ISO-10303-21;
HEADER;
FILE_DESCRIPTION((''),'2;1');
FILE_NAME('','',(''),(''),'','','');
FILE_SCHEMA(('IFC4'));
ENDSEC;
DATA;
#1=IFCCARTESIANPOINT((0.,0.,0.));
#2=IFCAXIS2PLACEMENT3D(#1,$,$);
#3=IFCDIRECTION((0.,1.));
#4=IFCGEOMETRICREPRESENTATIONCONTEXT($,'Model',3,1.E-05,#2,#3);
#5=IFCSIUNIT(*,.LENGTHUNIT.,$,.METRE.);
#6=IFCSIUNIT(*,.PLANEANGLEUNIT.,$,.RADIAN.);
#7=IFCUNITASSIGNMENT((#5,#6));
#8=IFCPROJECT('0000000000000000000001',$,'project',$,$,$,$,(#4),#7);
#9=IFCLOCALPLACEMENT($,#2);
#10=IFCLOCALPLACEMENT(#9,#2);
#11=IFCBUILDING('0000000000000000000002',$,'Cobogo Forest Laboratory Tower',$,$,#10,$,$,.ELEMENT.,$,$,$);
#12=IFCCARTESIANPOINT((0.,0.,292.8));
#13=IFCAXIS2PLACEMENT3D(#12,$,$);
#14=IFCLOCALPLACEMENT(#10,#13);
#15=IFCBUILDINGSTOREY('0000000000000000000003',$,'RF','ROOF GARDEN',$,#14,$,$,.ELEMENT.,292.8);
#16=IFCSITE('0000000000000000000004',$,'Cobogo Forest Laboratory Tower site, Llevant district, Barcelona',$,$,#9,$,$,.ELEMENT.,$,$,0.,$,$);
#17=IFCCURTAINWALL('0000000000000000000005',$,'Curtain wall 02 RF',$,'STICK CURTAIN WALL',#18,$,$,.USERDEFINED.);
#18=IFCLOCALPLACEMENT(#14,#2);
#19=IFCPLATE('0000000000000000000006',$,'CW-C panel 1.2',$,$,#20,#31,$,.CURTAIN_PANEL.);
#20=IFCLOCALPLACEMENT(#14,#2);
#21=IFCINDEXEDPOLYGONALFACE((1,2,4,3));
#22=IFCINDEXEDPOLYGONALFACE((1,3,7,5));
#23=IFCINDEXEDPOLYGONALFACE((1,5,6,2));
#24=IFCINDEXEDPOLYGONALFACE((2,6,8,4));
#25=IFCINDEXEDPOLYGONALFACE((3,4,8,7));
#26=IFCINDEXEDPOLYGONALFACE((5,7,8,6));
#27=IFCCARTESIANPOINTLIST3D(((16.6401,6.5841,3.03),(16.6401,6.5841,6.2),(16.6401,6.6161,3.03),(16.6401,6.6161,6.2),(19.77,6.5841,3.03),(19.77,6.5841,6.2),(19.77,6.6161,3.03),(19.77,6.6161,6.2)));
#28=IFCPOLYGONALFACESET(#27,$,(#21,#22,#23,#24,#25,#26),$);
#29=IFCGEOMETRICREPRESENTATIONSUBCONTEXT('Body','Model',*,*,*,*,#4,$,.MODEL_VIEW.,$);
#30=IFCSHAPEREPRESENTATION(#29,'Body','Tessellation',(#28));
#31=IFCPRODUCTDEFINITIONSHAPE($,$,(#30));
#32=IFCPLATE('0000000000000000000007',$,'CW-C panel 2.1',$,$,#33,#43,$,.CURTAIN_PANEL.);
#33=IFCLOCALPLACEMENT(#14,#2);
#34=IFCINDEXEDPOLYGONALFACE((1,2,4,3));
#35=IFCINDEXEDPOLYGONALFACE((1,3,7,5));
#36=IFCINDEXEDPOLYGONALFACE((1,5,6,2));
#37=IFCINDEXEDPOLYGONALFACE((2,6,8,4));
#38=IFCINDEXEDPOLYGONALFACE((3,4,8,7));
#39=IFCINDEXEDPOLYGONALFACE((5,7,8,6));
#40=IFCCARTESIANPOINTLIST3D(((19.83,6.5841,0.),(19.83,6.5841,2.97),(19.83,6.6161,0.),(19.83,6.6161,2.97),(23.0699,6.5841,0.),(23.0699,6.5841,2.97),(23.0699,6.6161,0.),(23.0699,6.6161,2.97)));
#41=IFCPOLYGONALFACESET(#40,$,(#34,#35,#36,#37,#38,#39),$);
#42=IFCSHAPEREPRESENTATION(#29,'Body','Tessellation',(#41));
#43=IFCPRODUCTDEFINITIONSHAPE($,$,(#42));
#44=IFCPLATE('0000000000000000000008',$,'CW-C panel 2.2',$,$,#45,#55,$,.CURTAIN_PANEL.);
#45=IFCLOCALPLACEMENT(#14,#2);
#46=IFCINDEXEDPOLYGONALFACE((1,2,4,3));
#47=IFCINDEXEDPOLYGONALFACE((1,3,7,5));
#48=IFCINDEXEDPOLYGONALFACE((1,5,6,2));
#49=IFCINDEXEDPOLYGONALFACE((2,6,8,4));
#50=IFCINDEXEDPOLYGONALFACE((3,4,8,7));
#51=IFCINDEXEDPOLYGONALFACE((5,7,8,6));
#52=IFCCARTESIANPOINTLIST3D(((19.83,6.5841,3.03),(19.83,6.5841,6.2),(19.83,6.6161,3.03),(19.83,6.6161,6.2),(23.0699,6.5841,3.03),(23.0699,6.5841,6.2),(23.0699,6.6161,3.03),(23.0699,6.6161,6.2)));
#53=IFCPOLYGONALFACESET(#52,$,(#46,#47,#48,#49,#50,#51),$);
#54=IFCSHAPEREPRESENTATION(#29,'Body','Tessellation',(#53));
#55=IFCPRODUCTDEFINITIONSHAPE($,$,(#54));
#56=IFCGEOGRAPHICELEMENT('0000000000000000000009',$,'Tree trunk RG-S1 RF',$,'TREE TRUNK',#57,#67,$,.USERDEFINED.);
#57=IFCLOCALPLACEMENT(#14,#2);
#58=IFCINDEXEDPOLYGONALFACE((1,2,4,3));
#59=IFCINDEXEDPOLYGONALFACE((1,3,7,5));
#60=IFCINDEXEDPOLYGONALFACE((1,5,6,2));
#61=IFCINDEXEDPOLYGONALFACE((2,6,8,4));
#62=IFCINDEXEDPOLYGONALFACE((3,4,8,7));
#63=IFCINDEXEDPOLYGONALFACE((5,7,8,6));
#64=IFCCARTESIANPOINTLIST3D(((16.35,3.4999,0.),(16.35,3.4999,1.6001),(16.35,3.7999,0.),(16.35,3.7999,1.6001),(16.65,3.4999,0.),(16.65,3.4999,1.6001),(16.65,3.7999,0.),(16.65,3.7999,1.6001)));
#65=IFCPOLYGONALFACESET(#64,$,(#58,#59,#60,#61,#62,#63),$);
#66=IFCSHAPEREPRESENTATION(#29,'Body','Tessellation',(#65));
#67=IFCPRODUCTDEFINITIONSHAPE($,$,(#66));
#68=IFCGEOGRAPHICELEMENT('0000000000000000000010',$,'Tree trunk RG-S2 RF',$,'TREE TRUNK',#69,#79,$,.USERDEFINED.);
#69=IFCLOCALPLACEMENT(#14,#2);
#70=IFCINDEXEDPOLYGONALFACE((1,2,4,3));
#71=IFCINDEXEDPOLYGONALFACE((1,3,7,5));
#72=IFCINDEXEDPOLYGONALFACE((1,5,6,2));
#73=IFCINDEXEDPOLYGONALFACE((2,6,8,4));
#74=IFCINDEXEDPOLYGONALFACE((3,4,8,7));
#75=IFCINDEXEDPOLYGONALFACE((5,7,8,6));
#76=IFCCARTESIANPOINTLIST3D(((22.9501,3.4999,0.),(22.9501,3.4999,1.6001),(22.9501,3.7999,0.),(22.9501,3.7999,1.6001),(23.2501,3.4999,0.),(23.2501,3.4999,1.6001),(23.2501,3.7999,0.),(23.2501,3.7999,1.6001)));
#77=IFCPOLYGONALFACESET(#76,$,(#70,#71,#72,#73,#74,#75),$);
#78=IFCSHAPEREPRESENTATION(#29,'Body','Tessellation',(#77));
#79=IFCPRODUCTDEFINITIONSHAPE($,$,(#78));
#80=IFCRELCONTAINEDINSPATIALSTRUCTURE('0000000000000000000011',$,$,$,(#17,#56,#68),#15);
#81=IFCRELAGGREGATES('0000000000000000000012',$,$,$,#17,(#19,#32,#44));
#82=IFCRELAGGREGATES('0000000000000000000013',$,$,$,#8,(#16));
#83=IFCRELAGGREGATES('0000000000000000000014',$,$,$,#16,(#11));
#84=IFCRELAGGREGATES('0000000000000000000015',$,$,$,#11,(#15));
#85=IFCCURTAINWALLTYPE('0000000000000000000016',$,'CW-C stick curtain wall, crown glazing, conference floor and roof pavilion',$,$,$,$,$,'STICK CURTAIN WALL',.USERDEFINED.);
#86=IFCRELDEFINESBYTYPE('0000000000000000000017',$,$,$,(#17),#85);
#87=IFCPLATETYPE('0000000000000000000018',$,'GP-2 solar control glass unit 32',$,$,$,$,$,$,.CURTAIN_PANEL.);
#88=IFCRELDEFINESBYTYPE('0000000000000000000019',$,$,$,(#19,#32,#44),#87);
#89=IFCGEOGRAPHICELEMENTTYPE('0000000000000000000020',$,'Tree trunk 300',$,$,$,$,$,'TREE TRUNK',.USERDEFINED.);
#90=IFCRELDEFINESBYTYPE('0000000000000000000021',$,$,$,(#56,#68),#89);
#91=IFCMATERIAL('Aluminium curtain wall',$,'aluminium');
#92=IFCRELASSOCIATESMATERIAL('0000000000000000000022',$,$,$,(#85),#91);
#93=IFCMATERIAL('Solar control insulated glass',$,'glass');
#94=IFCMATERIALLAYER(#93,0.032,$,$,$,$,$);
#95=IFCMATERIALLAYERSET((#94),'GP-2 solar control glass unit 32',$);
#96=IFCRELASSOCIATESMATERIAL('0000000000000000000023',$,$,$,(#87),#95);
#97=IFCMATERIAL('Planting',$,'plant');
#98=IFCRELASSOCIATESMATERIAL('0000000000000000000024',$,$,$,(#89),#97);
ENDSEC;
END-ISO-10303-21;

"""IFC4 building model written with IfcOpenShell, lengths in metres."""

from ifc_helpers import new_model, si_unit, direction, frame, origin, origin_2d, place, context, subcontext, project, spatial, rectangle, extrude, material, layer, layer_set, type_object, element, aggregate, save


model = new_model("IFC4")

# Units and contexts
model_context = context("Model", 3, precision=1e-05, world=origin(), true_north=direction((0.0, 1.0)))
body_context = subcontext(model_context, "Body", "Model", "MODEL_VIEW")
ifc_project = project(units=[si_unit("LENGTHUNIT", "METRE"), si_unit("PLANEANGLEUNIT", "RADIAN")], contexts=[model_context])

# Site, building, storey
site_placement = place(None, origin())
site = spatial("IfcSite", under=ifc_project, at=site_placement, Name="Cobogo Forest Laboratory Tower site, Llevant district, Barcelona", CompositionType="ELEMENT", RefElevation=0.0)
building_placement = place(site_placement, origin())
building = spatial("IfcBuilding", under=site, at=building_placement, Name="Cobogo Forest Laboratory Tower", CompositionType="ELEMENT")
storey_placement = place(building_placement, frame((0.0, 0.0, 292.8)))
storey = spatial("IfcBuildingStorey", under=building, at=storey_placement, Name="RF", Description="ROOF GARDEN", CompositionType="ELEMENT", Elevation=292.8)

# Shared definitions
ifc_material_1 = material(Name="Aluminium curtain wall", Category="aluminium")
curtain_wall_type = type_object("IfcCurtainWallType", Name="CW-C stick curtain wall, crown glazing, conference floor and roof pavilion", ElementType="STICK CURTAIN WALL", PredefinedType="USERDEFINED", material=ifc_material_1)

# Curtain wall
curtain_wall_1_placement = place(storey_placement, origin())
curtain_wall_1 = element("IfcCurtainWall", 1, at=curtain_wall_1_placement, inside=storey, type_object=curtain_wall_type, Name="Curtain wall 02 RF", ObjectType="STICK CURTAIN WALL", PredefinedType="USERDEFINED")

# Plates
ifc_material_2 = material(Name="Solar control insulated glass", Category="glass")
ifc_layer = layer(ifc_material_2, 0.032)
ifc_layer_set = layer_set([ifc_layer], Name="GP-2 solar control glass unit 32")
plate_type = type_object("IfcPlateType", Name="GP-2 solar control glass unit 32", PredefinedType="CURTAIN_PANEL", material=ifc_layer_set)
plate_1_placement = place(storey_placement, frame((18.2051, 6.6001, 3.03), z_axis=(0.0, 0.0, 1.0), x_axis=(1.0, 0.0, 0.0)))
plate_1 = element("IfcPlate", 2, at=plate_1_placement, type_object=plate_type, Name="CW-C panel 1.2", PredefinedType="CURTAIN_PANEL", context=body_context, shape_type="SweptSolid", body=[
    extrude(rectangle(XDim=3.1299, YDim=0.032, at=origin_2d()), origin(), (0.0, 0.0, 1.0), 3.1699),
])
plate_2_placement = place(storey_placement, frame((21.45, 6.6001, 0.0), z_axis=(0.0, 0.0, 1.0), x_axis=(1.0, 0.0, 0.0)))
plate_2 = element("IfcPlate", 3, at=plate_2_placement, type_object=plate_type, Name="CW-C panel 2.1", PredefinedType="CURTAIN_PANEL", context=body_context, shape_type="SweptSolid", body=[
    extrude(rectangle(XDim=3.24, YDim=0.032, at=origin_2d()), origin(), (0.0, 0.0, 1.0), 2.97),
])
plate_3_placement = place(storey_placement, frame((21.45, 6.6001, 3.03), z_axis=(0.0, 0.0, 1.0), x_axis=(1.0, 0.0, 0.0)))
plate_3 = element("IfcPlate", 4, at=plate_3_placement, type_object=plate_type, Name="CW-C panel 2.2", PredefinedType="CURTAIN_PANEL", context=body_context, shape_type="SweptSolid", body=[
    extrude(rectangle(XDim=3.24, YDim=0.032, at=origin_2d()), origin(), (0.0, 0.0, 1.0), 3.1699),
])
aggregate(curtain_wall_1, [plate_1, plate_2, plate_3])

# Geographic elements
ifc_material_3 = material(Name="Planting", Category="plant")
geographic_element_type = type_object("IfcGeographicElementType", Name="Tree trunk 300", ElementType="TREE TRUNK", PredefinedType="USERDEFINED", material=ifc_material_3)
for number, where, z_axis, x_axis, name in (
    (5, (16.5, 3.6499, 0.0), (0.0, 0.0, 1.0), (1.0, 0.0, 0.0), "Tree trunk RG-S1 RF"),
    (6, (23.1001, 3.6499, 0.0), (0.0, 0.0, 1.0), (1.0, 0.0, 0.0), "Tree trunk RG-S2 RF"),
):
    element("IfcGeographicElement", number, at=place(storey_placement, frame(where, z_axis=z_axis, x_axis=x_axis)), inside=storey, type_object=geographic_element_type, Name=name, ObjectType="TREE TRUNK", PredefinedType="USERDEFINED", context=body_context, shape_type="SweptSolid", body=[
        extrude(rectangle(XDim=0.3, YDim=0.3, at=origin_2d()), origin(), (0.0, 0.0, 1.0), 1.6001),
    ])

save(model, "model.ifc")
